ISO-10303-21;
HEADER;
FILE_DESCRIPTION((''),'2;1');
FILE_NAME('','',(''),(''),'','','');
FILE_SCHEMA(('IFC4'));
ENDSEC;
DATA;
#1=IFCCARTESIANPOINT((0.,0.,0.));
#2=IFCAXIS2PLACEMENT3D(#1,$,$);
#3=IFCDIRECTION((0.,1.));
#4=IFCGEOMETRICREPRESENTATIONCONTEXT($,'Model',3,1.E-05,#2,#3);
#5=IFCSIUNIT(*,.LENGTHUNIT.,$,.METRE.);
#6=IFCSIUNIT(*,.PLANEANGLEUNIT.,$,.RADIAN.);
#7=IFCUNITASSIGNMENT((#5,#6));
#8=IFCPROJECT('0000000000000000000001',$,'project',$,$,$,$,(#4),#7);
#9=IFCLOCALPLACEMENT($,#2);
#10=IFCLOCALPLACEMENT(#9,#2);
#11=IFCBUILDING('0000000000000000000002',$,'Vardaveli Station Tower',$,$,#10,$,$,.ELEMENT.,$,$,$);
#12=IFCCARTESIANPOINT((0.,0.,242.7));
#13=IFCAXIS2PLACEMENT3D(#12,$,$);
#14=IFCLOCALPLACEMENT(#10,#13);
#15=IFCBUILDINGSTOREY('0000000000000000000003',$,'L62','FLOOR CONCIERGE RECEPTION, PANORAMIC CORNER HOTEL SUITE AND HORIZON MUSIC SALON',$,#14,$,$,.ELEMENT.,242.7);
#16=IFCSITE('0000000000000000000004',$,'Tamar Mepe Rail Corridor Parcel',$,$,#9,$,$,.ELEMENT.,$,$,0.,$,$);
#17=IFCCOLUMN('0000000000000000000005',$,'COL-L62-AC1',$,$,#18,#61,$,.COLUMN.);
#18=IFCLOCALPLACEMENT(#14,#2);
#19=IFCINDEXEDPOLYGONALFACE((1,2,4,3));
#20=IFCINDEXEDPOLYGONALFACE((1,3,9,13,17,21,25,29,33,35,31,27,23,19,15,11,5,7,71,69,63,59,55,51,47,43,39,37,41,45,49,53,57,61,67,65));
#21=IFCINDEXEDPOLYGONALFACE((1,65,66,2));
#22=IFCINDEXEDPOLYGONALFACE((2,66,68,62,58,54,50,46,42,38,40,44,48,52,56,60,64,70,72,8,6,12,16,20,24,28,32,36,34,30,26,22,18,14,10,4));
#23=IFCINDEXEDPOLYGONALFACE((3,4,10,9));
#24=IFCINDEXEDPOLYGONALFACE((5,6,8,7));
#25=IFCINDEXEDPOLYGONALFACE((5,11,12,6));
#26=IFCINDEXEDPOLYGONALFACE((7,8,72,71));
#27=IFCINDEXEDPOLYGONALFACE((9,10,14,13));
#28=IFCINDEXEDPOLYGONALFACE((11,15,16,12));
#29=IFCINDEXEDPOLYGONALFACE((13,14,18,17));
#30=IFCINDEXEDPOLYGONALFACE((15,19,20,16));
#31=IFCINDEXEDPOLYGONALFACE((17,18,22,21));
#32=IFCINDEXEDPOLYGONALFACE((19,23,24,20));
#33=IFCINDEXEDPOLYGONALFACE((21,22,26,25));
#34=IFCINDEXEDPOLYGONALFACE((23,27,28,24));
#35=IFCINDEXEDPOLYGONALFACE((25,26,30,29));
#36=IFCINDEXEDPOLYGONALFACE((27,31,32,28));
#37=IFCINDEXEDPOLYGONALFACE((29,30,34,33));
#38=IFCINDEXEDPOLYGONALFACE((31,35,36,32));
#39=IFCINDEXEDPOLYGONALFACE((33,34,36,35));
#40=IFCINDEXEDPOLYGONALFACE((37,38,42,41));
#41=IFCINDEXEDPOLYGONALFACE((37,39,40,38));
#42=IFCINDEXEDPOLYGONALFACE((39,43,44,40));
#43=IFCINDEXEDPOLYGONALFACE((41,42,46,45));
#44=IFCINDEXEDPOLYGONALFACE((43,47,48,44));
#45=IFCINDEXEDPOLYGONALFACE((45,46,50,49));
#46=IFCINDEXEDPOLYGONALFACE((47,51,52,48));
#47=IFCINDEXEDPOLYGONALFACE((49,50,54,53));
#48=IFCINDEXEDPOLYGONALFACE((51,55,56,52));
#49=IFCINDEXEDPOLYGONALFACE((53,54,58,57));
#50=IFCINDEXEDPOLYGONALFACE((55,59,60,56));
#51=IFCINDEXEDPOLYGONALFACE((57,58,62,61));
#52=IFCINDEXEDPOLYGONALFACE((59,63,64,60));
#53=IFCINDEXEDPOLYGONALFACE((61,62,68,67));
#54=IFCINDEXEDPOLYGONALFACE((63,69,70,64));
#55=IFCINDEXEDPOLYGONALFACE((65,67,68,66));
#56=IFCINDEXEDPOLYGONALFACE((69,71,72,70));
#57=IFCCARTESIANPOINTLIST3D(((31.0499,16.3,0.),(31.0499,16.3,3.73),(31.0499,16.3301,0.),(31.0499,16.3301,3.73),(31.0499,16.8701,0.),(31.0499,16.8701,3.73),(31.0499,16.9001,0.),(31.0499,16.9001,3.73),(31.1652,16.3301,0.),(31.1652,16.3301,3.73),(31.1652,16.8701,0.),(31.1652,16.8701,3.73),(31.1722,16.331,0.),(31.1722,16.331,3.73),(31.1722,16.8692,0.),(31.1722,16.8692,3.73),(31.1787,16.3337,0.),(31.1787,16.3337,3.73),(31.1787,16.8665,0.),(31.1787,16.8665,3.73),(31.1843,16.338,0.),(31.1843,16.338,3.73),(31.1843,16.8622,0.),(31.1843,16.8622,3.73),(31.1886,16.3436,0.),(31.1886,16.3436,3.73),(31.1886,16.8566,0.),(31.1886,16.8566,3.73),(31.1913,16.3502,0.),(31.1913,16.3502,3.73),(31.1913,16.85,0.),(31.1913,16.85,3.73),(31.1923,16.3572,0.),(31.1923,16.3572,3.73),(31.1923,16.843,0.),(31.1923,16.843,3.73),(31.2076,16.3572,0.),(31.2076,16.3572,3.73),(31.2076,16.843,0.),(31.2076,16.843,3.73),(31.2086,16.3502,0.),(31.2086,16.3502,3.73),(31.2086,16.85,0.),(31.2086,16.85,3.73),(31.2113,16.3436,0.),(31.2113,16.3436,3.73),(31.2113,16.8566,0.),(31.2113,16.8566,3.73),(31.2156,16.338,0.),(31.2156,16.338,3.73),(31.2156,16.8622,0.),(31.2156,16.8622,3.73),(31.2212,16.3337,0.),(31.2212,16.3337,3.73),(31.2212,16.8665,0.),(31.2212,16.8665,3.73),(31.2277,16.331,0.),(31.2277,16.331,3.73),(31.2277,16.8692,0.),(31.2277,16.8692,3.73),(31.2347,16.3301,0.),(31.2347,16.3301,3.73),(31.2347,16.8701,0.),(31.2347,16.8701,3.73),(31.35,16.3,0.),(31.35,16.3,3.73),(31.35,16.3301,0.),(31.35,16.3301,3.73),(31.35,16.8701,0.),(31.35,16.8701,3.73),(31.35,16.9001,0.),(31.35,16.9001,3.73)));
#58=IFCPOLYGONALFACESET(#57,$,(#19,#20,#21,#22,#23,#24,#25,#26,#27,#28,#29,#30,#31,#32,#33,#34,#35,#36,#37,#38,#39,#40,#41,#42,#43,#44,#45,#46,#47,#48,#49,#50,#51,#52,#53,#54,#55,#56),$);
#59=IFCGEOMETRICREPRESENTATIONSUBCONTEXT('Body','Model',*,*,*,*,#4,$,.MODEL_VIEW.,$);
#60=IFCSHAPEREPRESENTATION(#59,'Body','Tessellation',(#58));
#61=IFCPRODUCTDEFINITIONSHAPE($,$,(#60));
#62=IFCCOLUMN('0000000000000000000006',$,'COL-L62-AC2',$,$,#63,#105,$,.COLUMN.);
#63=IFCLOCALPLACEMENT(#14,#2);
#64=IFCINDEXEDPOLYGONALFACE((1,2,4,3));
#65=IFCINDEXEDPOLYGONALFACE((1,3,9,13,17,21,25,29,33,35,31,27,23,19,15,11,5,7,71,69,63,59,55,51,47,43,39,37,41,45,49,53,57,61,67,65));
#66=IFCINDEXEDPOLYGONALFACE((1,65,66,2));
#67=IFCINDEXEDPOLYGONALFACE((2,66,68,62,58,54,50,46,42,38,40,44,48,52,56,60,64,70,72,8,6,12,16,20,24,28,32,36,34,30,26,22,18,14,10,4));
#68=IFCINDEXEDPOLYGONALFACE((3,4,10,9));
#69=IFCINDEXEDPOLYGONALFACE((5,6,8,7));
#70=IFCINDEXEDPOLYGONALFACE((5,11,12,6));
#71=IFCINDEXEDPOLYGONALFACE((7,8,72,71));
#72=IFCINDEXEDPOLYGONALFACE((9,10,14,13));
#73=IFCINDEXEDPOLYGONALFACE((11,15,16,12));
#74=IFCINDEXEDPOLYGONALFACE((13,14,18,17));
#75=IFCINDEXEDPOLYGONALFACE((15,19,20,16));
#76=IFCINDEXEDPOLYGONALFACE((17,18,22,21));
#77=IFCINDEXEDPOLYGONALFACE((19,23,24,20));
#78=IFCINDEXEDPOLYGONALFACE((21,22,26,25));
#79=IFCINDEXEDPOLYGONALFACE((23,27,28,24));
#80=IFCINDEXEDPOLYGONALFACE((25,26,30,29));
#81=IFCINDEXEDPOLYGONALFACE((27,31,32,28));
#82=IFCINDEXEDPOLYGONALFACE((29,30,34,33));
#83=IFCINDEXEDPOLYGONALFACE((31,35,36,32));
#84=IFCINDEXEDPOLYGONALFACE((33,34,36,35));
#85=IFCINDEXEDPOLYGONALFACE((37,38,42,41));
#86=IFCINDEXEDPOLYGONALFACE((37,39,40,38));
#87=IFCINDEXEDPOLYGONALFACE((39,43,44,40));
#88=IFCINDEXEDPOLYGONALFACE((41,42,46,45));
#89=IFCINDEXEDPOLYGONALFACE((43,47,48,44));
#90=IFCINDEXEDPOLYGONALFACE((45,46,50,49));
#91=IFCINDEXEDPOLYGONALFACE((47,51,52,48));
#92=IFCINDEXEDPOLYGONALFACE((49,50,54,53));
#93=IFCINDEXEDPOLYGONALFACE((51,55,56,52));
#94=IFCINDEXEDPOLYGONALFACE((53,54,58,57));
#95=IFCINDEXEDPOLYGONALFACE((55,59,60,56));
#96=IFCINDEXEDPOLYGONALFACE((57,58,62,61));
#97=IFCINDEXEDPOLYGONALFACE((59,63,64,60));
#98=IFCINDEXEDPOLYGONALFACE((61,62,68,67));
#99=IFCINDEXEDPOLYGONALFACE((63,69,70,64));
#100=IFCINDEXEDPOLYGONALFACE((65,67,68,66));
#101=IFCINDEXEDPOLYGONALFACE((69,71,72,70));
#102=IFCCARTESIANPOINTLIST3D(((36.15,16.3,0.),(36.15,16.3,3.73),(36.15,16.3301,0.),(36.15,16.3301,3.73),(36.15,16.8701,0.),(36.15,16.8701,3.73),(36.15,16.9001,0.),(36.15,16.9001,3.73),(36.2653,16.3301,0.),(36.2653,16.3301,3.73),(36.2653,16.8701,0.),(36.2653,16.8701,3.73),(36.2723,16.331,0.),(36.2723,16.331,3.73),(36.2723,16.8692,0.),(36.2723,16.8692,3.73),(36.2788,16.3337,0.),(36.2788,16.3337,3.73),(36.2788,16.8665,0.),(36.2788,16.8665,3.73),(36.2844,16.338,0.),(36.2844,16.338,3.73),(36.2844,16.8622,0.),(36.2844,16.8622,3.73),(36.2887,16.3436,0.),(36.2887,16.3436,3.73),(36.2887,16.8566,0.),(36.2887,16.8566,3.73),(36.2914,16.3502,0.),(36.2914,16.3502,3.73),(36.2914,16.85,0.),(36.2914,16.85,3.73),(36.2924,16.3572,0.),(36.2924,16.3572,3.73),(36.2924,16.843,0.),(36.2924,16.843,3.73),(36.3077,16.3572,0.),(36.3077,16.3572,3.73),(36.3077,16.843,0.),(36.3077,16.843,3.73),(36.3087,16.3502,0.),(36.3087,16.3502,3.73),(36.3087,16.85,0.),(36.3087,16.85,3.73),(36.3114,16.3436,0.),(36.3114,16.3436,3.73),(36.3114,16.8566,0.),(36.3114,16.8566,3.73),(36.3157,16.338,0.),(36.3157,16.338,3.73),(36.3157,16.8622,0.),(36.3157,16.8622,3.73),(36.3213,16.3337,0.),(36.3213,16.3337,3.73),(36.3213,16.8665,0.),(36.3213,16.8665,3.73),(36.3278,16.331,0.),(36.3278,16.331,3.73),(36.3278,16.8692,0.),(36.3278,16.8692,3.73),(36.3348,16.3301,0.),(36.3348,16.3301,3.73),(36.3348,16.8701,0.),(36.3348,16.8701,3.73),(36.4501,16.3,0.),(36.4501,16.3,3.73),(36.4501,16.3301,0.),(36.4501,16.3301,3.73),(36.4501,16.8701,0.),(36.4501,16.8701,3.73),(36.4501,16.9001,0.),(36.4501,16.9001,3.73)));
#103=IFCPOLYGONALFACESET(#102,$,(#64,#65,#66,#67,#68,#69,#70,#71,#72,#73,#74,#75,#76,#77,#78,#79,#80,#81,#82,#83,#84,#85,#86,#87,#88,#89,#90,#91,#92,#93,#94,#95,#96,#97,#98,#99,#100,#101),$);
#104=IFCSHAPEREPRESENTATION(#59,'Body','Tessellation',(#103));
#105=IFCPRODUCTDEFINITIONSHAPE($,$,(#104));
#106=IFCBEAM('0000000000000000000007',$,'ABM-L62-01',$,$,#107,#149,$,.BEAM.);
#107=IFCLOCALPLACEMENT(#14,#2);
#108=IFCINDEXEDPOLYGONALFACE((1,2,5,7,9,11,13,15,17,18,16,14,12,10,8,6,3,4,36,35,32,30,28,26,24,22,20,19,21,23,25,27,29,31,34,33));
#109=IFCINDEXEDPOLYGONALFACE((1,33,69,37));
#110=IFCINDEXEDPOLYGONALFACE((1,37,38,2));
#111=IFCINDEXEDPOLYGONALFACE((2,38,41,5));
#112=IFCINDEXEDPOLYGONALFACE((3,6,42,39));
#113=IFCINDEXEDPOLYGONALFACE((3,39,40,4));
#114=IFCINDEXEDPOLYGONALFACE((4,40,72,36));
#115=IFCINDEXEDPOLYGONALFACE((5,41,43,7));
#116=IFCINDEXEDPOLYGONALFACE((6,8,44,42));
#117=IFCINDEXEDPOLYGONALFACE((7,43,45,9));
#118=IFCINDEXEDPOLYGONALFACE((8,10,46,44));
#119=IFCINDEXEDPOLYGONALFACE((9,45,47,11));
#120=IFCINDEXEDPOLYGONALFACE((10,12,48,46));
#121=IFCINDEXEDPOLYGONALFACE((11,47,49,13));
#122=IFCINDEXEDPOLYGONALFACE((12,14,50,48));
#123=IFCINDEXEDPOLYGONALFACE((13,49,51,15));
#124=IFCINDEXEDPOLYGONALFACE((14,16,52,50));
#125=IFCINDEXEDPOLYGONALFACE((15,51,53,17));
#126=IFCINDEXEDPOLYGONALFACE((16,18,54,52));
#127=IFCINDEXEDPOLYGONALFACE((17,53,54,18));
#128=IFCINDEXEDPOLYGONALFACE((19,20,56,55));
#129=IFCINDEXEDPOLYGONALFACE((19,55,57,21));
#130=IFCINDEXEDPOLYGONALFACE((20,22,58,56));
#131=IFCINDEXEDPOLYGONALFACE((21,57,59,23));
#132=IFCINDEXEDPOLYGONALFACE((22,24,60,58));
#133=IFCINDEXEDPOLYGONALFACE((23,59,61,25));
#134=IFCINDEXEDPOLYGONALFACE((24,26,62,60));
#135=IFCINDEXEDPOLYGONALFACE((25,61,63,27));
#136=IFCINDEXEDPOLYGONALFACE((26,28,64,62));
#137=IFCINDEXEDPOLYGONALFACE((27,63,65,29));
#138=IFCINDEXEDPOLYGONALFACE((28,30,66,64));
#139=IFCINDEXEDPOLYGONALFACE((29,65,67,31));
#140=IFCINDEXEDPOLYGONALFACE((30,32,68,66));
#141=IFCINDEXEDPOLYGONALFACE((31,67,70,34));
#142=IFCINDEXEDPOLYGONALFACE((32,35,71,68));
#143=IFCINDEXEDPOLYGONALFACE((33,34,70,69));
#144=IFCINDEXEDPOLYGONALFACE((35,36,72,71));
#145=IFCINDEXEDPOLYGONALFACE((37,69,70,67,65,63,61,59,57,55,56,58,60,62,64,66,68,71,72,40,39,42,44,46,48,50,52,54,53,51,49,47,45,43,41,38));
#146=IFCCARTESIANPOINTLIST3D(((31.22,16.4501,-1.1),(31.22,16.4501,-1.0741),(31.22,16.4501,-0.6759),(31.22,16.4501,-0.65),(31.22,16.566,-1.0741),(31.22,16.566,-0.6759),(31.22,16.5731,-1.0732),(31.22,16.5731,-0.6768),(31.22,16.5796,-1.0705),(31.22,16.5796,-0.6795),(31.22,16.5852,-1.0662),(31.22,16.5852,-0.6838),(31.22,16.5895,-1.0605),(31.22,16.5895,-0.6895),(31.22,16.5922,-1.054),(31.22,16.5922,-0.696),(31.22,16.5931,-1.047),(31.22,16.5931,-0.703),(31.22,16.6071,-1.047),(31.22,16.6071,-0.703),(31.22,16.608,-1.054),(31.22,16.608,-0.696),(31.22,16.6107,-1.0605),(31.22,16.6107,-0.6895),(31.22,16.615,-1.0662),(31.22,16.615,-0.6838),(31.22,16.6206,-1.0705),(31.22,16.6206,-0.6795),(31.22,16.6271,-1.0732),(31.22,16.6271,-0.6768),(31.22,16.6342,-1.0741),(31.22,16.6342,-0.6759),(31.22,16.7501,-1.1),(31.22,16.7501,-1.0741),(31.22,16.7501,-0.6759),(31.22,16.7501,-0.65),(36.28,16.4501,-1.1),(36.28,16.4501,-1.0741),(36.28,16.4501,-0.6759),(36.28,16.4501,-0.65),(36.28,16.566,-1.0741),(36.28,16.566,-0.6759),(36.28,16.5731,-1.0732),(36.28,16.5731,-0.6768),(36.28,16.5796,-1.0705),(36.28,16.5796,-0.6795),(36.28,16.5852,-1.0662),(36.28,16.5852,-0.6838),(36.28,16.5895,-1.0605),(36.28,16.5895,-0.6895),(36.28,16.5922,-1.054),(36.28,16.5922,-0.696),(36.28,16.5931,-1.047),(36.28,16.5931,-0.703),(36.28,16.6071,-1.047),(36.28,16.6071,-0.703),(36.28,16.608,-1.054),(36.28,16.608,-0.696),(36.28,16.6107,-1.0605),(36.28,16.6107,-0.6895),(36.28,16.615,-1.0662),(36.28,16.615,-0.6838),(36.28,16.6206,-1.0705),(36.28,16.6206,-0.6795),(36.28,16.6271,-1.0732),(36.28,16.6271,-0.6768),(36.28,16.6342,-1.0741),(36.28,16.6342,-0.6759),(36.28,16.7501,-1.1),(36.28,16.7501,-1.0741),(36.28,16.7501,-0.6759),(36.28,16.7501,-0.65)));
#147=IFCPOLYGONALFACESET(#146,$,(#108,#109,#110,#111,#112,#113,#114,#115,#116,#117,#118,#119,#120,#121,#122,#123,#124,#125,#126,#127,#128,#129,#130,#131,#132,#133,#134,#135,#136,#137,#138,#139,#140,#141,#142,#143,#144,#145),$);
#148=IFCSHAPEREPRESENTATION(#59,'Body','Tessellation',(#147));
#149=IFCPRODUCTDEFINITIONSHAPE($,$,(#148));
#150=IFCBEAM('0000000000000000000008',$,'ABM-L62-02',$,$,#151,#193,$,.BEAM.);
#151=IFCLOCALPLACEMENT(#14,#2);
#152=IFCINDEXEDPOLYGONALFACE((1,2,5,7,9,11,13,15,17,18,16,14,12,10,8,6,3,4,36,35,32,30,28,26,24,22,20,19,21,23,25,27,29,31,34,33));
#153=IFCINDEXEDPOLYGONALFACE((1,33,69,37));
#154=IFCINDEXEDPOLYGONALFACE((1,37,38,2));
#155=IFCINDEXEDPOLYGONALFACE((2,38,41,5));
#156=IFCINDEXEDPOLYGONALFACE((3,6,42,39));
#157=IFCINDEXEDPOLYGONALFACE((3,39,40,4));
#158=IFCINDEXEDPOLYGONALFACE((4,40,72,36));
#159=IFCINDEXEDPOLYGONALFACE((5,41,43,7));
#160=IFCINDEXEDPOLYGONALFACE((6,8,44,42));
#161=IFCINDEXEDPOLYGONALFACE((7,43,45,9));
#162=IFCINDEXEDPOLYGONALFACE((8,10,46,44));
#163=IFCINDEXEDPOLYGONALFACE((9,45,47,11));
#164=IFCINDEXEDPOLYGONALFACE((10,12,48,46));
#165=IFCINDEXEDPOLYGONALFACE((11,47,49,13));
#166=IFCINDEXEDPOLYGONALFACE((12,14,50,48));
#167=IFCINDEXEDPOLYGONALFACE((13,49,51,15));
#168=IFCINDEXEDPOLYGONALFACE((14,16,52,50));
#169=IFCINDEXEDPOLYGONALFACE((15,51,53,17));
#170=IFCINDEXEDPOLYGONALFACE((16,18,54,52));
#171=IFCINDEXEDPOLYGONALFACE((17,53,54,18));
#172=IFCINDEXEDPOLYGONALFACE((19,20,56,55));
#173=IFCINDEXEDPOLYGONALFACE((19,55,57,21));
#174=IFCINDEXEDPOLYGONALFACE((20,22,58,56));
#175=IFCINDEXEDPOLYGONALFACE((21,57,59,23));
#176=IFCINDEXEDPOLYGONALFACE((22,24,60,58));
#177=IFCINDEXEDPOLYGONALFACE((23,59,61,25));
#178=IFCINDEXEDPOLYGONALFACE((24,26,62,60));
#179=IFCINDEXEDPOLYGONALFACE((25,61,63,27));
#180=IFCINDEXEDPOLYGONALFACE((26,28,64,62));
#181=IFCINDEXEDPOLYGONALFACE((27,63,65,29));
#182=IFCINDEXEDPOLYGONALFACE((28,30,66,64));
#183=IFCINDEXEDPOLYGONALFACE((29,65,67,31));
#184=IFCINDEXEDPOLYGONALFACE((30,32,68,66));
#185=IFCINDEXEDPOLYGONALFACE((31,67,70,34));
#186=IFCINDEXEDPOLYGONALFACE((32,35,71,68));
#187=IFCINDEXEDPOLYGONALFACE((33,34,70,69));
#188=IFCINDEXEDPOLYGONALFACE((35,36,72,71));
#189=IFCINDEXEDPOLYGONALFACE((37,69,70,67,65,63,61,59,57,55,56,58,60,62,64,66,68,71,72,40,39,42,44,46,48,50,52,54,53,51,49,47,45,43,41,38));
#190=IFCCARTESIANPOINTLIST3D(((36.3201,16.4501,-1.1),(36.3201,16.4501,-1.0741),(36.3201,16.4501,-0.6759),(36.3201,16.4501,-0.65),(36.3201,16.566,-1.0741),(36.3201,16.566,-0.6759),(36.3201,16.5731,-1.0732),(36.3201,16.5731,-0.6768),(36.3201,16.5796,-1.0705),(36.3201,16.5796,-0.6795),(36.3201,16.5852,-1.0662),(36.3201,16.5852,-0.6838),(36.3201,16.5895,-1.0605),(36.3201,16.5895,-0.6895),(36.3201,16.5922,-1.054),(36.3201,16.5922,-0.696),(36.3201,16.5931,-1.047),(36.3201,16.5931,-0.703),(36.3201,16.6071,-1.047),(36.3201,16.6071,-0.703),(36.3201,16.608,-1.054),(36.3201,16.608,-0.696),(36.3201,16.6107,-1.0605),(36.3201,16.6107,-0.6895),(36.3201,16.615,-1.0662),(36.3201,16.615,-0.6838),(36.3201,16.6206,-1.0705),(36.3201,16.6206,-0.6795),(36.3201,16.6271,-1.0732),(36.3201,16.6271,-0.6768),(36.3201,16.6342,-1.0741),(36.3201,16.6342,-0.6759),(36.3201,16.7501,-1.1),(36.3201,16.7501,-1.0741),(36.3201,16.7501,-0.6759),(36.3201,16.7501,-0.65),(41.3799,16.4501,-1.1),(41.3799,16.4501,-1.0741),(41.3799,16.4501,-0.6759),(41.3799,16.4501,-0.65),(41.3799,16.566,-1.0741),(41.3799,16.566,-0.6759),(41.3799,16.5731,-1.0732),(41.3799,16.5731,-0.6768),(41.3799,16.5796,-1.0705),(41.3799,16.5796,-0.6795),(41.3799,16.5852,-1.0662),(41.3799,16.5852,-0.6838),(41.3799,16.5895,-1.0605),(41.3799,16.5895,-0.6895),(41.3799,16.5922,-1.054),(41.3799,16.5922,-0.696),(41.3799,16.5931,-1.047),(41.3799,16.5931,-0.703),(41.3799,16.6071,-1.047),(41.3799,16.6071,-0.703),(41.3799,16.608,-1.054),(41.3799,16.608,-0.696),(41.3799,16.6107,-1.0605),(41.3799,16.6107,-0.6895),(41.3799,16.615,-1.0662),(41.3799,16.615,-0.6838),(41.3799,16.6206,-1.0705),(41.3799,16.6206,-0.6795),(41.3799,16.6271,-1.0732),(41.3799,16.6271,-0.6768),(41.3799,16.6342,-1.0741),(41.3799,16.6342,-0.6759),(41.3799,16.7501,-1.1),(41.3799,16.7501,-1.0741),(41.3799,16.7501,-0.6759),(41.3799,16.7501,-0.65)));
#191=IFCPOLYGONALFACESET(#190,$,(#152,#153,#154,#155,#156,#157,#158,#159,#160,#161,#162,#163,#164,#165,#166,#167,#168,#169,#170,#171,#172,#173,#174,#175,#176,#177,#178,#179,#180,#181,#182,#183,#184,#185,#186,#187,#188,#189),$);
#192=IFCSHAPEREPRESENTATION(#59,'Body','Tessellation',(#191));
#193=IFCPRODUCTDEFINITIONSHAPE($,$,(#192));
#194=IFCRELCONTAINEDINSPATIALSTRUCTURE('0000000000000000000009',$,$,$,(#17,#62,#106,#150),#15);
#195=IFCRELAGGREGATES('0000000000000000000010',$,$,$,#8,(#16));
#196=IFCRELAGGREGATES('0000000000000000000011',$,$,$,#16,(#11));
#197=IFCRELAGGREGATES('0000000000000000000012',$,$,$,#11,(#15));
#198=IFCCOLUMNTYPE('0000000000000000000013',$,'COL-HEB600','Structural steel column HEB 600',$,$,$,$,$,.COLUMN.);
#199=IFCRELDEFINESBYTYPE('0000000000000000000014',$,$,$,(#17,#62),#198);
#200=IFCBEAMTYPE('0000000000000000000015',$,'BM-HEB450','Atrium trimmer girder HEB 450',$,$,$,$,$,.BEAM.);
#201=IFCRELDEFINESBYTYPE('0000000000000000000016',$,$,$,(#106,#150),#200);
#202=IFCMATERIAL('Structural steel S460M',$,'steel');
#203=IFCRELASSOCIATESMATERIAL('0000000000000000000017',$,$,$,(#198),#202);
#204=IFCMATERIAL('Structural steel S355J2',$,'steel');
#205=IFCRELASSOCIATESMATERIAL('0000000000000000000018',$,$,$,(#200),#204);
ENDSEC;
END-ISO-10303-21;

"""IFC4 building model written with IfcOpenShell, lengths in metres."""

from ifc_helpers import new_model, si_unit, direction, frame, origin, origin_2d, place, context, subcontext, project, spatial, i_section, extrude, source, transform, mapped, material, material_profile, profile_set, type_object, element, save


model = new_model("IFC4")

# Units and contexts
model_context = context("Model", 3, precision=1e-05, world=origin(), true_north=direction((0.0, 1.0)))
body_context = subcontext(model_context, "Body", "Model", "MODEL_VIEW")
ifc_project = project(units=[si_unit("LENGTHUNIT", "METRE"), si_unit("PLANEANGLEUNIT", "RADIAN")], contexts=[model_context])

# Site, building, storey
site_placement = place(None, origin())
site = spatial("IfcSite", under=ifc_project, at=site_placement, Name="Tamar Mepe Rail Corridor Parcel", CompositionType="ELEMENT", RefElevation=0.0)
building_placement = place(site_placement, origin())
building = spatial("IfcBuilding", under=site, at=building_placement, Name="Vardaveli Station Tower", CompositionType="ELEMENT")
storey_placement = place(building_placement, frame((0.0, 0.0, 242.7)))
storey = spatial("IfcBuildingStorey", under=building, at=storey_placement, Name="L62", Description="FLOOR CONCIERGE RECEPTION, PANORAMIC CORNER HOTEL SUITE AND HORIZON MUSIC SALON", CompositionType="ELEMENT", Elevation=242.7)

# Columns
ifc_material_1 = material(Name="Structural steel S460M", Category="steel")
ifc_material_profile_1 = material_profile(ifc_material_1, i_section(OverallWidth=0.3, OverallDepth=0.6001, WebThickness=0.0154, FlangeThickness=0.03, FilletRadius=0.0271, at=origin_2d()), Name="HEB 600")
ifc_profile_set_1 = profile_set([ifc_material_profile_1], Name="Structural steel S460M")
column_type = type_object("IfcColumnType", Name="COL-HEB600", Description="Structural steel column HEB 600", PredefinedType="COLUMN", material=ifc_profile_set_1)
shared_shape_1 = source(origin(), body_context, "Body", "SweptSolid", [
    extrude(i_section(OverallWidth=0.3, OverallDepth=0.6001, WebThickness=0.0154, FlangeThickness=0.03, FilletRadius=0.0271, at=origin_2d()), origin(), (0.0, 0.0, 1.0), 3.73),
])
for number, where, z_axis, x_axis, name in (
    (1, (31.2, 16.6001, 0.0), (0.0, 0.0, 1.0), (1.0, 0.0, 0.0), "COL-L62-AC1"),
    (2, (36.3, 16.6001, 0.0), (0.0, 0.0, 1.0), (1.0, 0.0, 0.0), "COL-L62-AC2"),
):
    element("IfcColumn", number, at=place(storey_placement, frame(where, z_axis=z_axis, x_axis=x_axis)), inside=storey, type_object=column_type, Name=name, PredefinedType="COLUMN", context=body_context, shape_type="MappedRepresentation", body=[
        mapped(shared_shape_1, transform((0.0, 0.0, 0.0), scale=1.0)),
    ])

# Beams
ifc_material_2 = material(Name="Structural steel S355J2", Category="steel")
ifc_material_profile_2 = material_profile(ifc_material_2, i_section(OverallWidth=0.3, OverallDepth=0.45, WebThickness=0.0139, FlangeThickness=0.0259, FilletRadius=0.0271, at=origin_2d()), Name="HEB 450")
ifc_profile_set_2 = profile_set([ifc_material_profile_2], Name="Structural steel S355J2")
beam_type_1 = type_object("IfcBeamType", Name="BM-HEB450", Description="Atrium trimmer girder HEB 450", PredefinedType="BEAM", material=ifc_profile_set_2)
shared_shape_2 = source(origin(), body_context, "Body", "SweptSolid", [
    extrude(i_section(OverallWidth=0.3, OverallDepth=0.45, WebThickness=0.0139, FlangeThickness=0.0259, FilletRadius=0.0271, at=origin_2d()), origin(), (0.0, 0.0, 1.0), 5.0601),
])
beam_1_placement = place(storey_placement, frame((31.22, 16.6001, -0.875), z_axis=(1.0, 0.0, 0.0), x_axis=(0.0, 1.0, 0.0)))
element("IfcBeam", 3, at=beam_1_placement, inside=storey, type_object=beam_type_1, Name="ABM-L62-01", PredefinedType="BEAM", context=body_context, shape_type="MappedRepresentation", body=[
    mapped(shared_shape_2, transform((0.0, 0.0, 0.0), scale=1.0)),
])
shared_shape_3 = source(origin(), body_context, "Body", "SweptSolid", [
    extrude(i_section(OverallWidth=0.3, OverallDepth=0.45, WebThickness=0.0139, FlangeThickness=0.0259, FilletRadius=0.0271, at=origin_2d()), origin(), (0.0, 0.0, 1.0), 5.0598),
])
beam_2_placement = place(storey_placement, frame((36.3201, 16.6001, -0.875), z_axis=(1.0, 0.0, 0.0), x_axis=(0.0, 1.0, 0.0)))
element("IfcBeam", 4, at=beam_2_placement, inside=storey, type_object=beam_type_1, Name="ABM-L62-02", PredefinedType="BEAM", context=body_context, shape_type="MappedRepresentation", body=[
    mapped(shared_shape_3, transform((0.0, 0.0, 0.0), scale=1.0)),
])

save(model, "model.ifc")
